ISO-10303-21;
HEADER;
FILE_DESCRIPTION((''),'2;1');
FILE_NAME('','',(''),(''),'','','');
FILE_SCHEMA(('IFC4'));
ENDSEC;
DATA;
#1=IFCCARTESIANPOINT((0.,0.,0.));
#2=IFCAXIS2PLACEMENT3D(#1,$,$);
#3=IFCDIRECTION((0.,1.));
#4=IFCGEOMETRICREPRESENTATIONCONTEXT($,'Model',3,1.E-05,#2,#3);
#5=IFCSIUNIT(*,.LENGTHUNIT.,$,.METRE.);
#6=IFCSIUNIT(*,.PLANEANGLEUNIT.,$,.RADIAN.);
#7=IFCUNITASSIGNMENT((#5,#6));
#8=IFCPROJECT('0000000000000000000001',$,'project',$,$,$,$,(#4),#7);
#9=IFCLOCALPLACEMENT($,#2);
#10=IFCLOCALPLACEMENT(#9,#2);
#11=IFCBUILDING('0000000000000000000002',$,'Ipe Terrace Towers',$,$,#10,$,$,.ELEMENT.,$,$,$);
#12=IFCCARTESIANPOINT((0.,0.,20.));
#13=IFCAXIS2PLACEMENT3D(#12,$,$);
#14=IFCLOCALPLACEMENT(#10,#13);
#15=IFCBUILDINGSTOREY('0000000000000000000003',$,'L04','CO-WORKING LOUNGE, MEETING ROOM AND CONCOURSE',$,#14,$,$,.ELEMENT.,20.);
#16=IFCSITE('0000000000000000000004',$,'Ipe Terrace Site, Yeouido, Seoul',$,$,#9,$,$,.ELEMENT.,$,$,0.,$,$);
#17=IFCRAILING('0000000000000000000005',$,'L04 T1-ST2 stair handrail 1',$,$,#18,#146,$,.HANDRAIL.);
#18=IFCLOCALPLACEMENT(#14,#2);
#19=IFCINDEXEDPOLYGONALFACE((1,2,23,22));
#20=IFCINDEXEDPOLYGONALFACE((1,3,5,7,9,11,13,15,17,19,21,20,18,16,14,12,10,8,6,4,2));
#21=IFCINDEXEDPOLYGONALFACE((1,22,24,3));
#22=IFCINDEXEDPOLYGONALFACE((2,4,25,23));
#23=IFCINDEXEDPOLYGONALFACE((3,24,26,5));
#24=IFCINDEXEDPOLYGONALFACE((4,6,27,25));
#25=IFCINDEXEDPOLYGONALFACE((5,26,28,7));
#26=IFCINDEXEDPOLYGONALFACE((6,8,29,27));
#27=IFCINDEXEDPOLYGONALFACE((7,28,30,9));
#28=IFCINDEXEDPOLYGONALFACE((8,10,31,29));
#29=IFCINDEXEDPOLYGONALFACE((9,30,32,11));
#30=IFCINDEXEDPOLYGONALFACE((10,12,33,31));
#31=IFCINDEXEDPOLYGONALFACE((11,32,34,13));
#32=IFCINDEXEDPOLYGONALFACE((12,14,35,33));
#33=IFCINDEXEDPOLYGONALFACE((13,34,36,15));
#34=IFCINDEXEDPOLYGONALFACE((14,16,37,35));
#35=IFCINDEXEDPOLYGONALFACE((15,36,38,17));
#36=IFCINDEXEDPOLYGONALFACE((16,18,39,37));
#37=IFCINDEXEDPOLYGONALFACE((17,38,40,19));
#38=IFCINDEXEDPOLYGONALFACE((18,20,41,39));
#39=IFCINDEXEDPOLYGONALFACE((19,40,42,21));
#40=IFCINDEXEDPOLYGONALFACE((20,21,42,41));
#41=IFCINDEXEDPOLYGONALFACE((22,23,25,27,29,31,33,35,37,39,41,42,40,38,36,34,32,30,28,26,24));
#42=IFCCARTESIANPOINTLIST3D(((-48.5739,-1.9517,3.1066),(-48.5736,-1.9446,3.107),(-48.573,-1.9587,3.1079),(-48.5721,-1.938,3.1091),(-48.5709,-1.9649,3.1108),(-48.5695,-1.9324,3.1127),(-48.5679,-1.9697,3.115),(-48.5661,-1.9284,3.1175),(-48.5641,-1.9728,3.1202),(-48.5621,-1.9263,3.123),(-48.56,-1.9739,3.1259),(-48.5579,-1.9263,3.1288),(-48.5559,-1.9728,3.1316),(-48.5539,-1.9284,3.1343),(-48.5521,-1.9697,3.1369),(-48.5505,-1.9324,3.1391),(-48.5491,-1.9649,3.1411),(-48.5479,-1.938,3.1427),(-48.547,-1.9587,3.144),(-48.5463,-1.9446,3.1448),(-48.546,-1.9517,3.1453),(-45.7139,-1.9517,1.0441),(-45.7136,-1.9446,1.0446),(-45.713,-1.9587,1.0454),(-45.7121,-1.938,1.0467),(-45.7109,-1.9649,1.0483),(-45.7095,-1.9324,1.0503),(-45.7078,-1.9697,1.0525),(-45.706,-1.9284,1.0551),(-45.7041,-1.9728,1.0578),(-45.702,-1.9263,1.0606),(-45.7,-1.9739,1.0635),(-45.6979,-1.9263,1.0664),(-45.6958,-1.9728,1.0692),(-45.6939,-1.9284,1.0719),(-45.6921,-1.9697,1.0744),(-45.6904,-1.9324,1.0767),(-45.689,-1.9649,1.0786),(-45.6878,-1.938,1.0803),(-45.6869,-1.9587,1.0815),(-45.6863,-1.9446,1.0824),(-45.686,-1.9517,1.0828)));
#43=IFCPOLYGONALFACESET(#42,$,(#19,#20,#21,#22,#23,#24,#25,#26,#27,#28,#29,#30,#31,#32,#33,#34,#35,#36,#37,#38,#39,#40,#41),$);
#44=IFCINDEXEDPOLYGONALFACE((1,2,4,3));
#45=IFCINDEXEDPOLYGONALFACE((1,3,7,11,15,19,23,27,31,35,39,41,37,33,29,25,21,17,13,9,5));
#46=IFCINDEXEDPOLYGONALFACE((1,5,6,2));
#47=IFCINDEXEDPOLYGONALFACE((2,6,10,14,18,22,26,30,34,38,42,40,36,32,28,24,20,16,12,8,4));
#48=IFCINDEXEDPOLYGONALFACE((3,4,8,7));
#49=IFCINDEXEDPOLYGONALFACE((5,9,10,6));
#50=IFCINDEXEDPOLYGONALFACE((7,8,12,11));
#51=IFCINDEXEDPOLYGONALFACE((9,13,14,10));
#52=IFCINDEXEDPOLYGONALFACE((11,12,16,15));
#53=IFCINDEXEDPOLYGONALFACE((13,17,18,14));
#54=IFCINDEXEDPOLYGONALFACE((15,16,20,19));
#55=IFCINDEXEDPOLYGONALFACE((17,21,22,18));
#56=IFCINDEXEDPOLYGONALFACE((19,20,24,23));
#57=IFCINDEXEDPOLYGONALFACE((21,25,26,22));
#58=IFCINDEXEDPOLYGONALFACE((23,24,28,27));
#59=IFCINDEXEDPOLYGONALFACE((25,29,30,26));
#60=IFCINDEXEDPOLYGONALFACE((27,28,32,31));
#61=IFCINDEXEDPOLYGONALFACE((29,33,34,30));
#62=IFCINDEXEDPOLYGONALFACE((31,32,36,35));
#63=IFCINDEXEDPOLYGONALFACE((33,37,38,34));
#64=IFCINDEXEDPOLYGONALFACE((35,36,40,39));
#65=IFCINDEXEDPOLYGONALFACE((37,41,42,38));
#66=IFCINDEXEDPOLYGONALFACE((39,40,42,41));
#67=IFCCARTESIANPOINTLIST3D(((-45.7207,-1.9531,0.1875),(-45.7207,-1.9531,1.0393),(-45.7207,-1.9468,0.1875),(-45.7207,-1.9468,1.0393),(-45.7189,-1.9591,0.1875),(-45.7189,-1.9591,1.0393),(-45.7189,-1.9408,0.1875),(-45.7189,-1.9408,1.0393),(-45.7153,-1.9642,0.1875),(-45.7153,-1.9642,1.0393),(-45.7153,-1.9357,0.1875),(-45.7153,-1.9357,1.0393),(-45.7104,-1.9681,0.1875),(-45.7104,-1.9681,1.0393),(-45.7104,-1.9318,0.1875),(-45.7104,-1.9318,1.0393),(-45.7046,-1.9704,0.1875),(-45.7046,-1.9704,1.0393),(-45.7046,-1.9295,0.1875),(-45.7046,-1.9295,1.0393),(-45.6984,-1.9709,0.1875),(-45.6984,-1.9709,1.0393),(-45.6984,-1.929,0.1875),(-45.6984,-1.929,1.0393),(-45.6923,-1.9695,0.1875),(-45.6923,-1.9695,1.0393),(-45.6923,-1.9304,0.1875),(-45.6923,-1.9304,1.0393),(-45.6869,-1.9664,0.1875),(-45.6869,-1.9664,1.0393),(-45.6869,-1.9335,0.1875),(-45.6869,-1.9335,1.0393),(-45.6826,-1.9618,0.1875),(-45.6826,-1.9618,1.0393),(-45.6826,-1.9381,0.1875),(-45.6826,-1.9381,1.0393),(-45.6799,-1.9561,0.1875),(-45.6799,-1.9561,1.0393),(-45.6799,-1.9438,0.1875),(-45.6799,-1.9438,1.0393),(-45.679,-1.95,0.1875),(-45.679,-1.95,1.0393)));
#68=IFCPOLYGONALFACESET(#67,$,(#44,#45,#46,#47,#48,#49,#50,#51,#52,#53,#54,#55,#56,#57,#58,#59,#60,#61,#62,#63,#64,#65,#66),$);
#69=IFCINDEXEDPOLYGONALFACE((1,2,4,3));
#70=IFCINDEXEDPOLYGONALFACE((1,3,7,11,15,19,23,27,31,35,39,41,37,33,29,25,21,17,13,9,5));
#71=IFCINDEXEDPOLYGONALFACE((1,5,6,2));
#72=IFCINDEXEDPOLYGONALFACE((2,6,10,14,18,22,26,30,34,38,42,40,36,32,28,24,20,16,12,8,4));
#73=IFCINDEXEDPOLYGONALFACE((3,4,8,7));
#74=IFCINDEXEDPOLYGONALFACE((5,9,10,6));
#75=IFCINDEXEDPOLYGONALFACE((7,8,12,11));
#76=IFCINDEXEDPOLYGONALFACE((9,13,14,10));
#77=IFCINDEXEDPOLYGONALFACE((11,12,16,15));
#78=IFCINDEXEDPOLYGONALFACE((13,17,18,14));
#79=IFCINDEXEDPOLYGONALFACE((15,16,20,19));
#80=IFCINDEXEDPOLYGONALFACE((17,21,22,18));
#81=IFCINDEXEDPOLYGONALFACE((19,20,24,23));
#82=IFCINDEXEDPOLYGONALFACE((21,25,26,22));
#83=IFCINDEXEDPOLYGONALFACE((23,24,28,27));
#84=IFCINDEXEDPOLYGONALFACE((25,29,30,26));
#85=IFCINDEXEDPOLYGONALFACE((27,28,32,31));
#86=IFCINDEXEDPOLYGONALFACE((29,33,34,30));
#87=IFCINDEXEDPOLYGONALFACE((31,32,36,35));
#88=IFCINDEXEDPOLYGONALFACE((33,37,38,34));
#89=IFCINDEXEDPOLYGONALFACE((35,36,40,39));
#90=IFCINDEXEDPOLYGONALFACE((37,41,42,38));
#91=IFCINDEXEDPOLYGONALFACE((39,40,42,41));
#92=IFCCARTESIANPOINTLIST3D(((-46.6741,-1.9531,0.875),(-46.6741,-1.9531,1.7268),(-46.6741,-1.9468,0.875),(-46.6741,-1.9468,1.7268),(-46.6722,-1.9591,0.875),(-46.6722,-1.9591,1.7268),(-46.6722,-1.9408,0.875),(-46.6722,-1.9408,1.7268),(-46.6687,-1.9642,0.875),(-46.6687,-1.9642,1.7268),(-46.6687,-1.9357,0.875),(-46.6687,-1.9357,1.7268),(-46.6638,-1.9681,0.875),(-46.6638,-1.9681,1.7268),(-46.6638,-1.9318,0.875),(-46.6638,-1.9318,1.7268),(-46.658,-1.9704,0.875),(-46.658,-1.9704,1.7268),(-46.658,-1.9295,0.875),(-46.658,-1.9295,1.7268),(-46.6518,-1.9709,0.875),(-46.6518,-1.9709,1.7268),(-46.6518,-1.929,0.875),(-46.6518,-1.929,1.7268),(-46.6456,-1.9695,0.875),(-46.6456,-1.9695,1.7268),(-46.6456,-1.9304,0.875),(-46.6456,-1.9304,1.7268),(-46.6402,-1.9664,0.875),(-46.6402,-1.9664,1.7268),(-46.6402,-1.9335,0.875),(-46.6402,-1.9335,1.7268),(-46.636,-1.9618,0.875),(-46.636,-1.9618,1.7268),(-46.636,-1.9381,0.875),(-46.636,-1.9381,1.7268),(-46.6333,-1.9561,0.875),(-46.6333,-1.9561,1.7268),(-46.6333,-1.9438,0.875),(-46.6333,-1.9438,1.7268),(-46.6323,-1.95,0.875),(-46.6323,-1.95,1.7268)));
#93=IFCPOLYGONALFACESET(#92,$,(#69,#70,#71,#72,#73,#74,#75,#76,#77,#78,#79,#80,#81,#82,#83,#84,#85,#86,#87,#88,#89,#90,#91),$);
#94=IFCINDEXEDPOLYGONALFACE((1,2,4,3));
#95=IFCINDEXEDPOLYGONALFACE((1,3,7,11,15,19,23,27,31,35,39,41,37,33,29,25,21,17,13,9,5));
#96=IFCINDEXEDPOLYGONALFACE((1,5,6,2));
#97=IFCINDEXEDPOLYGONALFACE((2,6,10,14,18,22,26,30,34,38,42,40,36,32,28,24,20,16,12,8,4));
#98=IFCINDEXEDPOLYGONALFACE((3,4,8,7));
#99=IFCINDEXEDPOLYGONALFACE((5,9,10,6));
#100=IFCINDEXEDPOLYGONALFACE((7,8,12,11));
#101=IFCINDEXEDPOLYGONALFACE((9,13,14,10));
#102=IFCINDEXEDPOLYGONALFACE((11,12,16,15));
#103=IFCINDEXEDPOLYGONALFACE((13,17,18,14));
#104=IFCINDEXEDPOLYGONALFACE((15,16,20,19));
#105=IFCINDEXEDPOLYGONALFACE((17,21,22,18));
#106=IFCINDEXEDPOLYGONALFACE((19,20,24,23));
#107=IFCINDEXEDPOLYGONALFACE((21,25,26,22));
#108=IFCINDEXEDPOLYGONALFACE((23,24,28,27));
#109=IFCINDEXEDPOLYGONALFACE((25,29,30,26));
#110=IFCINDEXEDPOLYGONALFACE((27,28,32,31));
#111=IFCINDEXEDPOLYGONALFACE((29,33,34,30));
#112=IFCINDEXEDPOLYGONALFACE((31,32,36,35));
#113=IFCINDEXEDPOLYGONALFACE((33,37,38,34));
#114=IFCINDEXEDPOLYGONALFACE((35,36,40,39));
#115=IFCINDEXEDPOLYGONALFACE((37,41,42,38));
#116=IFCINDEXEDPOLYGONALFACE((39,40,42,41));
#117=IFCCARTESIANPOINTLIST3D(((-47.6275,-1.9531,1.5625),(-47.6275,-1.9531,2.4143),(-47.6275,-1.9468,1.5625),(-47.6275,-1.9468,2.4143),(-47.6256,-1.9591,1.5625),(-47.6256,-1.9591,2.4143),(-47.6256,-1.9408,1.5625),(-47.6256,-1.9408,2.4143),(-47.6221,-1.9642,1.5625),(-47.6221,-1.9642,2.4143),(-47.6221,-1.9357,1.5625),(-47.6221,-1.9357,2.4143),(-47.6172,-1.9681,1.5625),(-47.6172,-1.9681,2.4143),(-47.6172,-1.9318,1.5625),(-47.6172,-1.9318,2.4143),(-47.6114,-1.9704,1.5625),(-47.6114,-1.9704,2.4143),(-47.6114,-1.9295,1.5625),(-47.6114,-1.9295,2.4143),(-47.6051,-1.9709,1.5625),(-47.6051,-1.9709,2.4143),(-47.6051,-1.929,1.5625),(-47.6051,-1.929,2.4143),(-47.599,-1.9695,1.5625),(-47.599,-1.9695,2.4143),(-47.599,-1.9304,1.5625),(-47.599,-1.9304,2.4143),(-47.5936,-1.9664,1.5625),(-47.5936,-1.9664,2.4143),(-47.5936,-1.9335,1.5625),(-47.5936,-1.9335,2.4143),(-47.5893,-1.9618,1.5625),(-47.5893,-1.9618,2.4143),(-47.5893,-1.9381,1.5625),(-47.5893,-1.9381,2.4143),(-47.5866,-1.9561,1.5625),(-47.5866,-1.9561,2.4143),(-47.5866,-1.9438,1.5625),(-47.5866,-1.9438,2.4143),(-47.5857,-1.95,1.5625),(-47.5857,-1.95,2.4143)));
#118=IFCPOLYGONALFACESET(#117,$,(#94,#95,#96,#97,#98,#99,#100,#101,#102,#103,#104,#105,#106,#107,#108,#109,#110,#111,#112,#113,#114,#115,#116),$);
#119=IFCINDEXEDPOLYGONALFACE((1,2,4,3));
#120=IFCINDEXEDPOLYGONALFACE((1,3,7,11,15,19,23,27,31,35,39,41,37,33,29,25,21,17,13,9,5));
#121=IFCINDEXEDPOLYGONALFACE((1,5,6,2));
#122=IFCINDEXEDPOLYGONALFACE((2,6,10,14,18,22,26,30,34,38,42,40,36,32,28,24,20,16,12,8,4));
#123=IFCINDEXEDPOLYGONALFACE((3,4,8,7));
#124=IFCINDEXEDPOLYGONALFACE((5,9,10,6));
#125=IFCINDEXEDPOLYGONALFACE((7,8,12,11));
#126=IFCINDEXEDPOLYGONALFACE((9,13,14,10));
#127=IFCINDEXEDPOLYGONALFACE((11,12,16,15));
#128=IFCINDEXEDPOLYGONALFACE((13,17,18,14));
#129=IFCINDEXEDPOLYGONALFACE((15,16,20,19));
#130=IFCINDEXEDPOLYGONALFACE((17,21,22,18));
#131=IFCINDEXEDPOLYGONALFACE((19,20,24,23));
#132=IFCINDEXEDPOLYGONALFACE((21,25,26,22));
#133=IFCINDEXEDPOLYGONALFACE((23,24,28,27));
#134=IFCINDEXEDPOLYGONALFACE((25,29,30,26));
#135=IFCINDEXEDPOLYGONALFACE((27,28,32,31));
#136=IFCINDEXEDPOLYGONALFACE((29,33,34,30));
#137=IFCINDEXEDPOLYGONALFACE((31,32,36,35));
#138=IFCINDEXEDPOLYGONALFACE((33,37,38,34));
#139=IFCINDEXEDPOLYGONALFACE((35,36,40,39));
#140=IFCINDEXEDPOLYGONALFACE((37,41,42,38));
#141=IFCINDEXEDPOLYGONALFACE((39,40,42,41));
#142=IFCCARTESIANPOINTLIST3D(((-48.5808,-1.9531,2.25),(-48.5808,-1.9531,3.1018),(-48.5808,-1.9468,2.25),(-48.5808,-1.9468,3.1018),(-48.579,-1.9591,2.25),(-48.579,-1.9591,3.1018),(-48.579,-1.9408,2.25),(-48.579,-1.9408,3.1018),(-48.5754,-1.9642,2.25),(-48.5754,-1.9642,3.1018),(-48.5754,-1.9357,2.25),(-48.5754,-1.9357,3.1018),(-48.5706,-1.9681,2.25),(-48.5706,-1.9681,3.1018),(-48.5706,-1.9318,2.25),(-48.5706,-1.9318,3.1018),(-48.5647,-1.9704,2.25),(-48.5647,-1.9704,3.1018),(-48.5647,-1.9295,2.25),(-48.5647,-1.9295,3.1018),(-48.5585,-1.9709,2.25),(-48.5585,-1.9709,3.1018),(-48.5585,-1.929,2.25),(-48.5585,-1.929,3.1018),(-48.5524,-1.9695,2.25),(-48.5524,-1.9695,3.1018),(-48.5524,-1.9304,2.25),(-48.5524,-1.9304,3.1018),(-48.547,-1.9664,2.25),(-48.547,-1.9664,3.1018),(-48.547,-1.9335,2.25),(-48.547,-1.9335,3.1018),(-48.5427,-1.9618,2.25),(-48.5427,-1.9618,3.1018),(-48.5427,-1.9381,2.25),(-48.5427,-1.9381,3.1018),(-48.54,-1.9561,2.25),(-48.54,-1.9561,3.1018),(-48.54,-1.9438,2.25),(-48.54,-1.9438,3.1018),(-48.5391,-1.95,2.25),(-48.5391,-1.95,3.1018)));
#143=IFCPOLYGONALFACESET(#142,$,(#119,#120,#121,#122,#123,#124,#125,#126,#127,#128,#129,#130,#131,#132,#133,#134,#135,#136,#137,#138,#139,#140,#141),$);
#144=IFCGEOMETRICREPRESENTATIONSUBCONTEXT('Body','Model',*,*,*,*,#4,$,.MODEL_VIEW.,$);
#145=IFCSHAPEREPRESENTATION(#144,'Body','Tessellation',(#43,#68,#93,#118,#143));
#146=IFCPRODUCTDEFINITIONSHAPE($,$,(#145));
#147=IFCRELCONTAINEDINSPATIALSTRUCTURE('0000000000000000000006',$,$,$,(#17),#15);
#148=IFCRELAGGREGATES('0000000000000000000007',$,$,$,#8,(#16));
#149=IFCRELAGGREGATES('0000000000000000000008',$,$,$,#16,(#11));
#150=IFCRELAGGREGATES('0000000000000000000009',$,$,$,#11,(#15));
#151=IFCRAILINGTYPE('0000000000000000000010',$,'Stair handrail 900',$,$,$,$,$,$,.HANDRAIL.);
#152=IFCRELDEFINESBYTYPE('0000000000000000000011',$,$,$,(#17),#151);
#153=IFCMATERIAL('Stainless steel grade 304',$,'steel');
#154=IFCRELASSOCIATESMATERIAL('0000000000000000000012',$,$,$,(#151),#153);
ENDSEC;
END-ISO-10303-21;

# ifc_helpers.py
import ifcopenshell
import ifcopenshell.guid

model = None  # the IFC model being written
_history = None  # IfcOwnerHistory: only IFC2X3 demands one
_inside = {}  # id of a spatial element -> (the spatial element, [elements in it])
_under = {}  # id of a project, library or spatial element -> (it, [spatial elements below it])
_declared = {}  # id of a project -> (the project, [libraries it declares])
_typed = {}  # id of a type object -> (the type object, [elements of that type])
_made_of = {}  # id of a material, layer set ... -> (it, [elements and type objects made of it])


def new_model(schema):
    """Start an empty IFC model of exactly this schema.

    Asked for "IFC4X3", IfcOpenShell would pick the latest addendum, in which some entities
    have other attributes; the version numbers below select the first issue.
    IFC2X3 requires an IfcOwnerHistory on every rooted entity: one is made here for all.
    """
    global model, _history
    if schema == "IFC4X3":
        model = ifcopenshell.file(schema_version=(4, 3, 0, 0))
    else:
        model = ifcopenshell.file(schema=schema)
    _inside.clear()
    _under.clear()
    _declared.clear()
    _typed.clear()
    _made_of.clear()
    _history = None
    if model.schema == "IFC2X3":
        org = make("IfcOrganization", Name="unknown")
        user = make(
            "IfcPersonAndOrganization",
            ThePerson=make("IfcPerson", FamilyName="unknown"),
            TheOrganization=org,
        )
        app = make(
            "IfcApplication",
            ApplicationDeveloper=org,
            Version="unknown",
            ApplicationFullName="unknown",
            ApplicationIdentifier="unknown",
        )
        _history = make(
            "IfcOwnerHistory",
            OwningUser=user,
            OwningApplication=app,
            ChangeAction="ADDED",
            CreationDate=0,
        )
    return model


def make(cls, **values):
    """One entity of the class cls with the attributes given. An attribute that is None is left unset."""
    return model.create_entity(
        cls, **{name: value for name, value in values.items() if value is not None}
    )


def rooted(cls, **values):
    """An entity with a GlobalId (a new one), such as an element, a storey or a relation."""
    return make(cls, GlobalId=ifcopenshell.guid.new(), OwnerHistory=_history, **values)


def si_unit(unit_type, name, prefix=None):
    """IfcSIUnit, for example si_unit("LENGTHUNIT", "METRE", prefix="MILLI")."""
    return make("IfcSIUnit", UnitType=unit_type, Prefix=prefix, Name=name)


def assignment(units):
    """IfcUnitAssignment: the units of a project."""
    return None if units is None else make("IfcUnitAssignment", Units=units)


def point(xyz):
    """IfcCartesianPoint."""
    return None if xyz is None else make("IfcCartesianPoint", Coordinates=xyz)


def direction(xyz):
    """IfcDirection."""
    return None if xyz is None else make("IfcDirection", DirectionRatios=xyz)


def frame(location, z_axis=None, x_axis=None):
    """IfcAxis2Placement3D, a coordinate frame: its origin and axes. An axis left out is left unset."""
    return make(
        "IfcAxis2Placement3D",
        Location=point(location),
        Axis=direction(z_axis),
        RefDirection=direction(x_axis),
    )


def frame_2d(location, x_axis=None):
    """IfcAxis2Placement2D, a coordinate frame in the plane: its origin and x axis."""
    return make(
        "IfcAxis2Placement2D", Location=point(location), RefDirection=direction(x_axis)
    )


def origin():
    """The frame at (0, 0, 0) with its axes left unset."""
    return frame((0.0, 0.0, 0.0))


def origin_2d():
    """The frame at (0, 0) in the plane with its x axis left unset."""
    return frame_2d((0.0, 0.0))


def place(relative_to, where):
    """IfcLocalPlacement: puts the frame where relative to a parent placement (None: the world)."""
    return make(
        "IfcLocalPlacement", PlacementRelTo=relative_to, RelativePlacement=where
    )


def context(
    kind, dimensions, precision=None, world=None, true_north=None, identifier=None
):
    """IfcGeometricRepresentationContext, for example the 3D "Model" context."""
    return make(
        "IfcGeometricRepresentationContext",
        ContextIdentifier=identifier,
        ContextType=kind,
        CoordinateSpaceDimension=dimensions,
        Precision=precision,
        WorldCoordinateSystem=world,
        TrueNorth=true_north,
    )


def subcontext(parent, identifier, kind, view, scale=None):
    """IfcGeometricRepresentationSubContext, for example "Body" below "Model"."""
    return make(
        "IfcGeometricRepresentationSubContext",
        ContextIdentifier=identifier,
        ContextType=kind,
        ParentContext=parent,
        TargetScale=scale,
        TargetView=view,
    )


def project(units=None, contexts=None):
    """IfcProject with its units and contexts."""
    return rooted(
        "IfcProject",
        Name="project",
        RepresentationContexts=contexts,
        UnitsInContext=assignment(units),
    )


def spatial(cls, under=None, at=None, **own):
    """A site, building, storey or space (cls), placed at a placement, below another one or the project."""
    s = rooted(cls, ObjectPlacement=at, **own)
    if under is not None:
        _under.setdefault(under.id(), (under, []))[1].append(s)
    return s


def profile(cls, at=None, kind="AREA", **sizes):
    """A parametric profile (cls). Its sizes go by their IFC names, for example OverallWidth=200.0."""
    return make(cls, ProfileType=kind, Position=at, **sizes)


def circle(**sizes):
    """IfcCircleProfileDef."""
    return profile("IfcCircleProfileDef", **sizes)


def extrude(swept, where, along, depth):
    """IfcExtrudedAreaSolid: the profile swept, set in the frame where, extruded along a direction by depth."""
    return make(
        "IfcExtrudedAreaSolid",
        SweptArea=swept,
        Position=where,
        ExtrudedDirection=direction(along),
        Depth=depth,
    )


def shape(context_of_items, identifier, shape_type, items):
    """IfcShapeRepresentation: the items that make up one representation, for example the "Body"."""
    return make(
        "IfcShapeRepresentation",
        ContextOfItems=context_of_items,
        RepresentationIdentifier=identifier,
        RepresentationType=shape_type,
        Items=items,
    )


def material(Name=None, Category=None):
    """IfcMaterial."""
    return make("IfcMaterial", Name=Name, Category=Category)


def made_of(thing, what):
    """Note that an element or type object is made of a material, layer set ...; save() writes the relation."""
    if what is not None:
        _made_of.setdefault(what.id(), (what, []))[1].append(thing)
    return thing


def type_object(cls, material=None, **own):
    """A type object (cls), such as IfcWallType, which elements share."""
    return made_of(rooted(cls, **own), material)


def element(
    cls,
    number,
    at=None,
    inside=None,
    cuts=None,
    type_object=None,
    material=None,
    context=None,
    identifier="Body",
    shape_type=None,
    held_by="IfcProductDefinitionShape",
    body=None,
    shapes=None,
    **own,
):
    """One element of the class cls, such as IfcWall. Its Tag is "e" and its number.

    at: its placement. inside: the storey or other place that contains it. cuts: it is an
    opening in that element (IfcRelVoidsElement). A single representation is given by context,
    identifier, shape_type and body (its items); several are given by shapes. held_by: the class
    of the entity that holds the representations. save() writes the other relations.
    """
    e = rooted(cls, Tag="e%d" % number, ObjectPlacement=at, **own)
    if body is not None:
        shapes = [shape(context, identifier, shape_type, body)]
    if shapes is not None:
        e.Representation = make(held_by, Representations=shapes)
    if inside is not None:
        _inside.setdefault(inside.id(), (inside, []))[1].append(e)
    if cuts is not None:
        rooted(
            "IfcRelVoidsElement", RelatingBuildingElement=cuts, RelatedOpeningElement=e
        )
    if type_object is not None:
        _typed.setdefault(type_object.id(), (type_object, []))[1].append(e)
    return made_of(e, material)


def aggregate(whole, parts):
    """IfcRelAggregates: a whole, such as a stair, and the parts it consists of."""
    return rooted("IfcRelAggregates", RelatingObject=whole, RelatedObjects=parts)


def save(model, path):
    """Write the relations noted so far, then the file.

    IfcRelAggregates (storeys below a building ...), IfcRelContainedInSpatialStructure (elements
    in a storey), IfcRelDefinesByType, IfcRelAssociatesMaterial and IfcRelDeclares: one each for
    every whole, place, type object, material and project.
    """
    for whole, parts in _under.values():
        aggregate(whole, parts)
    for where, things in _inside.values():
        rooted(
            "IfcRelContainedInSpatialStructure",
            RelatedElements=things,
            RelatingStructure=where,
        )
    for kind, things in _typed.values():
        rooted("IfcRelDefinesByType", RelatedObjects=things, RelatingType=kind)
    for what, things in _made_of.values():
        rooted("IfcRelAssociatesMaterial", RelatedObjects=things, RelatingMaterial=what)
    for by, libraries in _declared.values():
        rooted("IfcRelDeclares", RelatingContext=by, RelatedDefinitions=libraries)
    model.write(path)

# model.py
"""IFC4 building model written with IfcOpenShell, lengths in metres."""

from ifc_helpers import new_model, si_unit, direction, frame, origin, origin_2d, place, context, subcontext, project, spatial, circle, extrude, material, type_object, element, save


model = new_model("IFC4")

# Units and contexts
model_context = context("Model", 3, precision=1e-05, world=origin(), true_north=direction((0.0, 1.0)))
body_context = subcontext(model_context, "Body", "Model", "MODEL_VIEW")
ifc_project = project(units=[si_unit("LENGTHUNIT", "METRE"), si_unit("PLANEANGLEUNIT", "RADIAN")], contexts=[model_context])

# Site, building, storey
site_placement = place(None, origin())
site = spatial("IfcSite", under=ifc_project, at=site_placement, Name="Ipe Terrace Site, Yeouido, Seoul", CompositionType="ELEMENT", RefElevation=0.0)
building_placement = place(site_placement, origin())
building = spatial("IfcBuilding", under=site, at=building_placement, Name="Ipe Terrace Towers", CompositionType="ELEMENT")
storey_placement = place(building_placement, frame((0.0, 0.0, 20.0)))
storey = spatial("IfcBuildingStorey", under=building, at=storey_placement, Name="L04", Description="CO-WORKING LOUNGE, MEETING ROOM AND CONCOURSE", CompositionType="ELEMENT", Elevation=20.0)

# Railing
ifc_material_1 = material(Name="Stainless steel grade 304", Category="steel")
railing_type_1 = type_object("IfcRailingType", Name="Stair handrail 900", PredefinedType="HANDRAIL", material=ifc_material_1)
railing_1_placement = place(storey_placement, frame((-45.7, -1.95, 0.1875)))
element("IfcRailing", 1, at=railing_1_placement, inside=storey, type_object=railing_type_1, Name="L04 T1-ST2 stair handrail 1", PredefinedType="HANDRAIL", context=body_context, shape_type="SweptSolid", body=[
    extrude(circle(Radius=0.0239, at=origin_2d()), frame((0.0, 0.0, 0.876), z_axis=(-0.811101, 0.0, 0.584906), x_axis=(0.0, -1.0, 0.0)), (0.0, 0.0, 1.0), 3.5261),
    extrude(circle(Radius=0.021, at=origin_2d()), origin(), (0.0, 0.0, 1.0), 0.8518),
    extrude(circle(Radius=0.021, at=origin_2d()), frame((-0.9534, 0.0, 0.6875)), (0.0, 0.0, 1.0), 0.8518),
    extrude(circle(Radius=0.021, at=origin_2d()), frame((-1.9067, 0.0, 1.375)), (0.0, 0.0, 1.0), 0.8518),
    extrude(circle(Radius=0.021, at=origin_2d()), frame((-2.8601, 0.0, 2.0625)), (0.0, 0.0, 1.0), 0.8518),
])

save(model, "model.ifc")
